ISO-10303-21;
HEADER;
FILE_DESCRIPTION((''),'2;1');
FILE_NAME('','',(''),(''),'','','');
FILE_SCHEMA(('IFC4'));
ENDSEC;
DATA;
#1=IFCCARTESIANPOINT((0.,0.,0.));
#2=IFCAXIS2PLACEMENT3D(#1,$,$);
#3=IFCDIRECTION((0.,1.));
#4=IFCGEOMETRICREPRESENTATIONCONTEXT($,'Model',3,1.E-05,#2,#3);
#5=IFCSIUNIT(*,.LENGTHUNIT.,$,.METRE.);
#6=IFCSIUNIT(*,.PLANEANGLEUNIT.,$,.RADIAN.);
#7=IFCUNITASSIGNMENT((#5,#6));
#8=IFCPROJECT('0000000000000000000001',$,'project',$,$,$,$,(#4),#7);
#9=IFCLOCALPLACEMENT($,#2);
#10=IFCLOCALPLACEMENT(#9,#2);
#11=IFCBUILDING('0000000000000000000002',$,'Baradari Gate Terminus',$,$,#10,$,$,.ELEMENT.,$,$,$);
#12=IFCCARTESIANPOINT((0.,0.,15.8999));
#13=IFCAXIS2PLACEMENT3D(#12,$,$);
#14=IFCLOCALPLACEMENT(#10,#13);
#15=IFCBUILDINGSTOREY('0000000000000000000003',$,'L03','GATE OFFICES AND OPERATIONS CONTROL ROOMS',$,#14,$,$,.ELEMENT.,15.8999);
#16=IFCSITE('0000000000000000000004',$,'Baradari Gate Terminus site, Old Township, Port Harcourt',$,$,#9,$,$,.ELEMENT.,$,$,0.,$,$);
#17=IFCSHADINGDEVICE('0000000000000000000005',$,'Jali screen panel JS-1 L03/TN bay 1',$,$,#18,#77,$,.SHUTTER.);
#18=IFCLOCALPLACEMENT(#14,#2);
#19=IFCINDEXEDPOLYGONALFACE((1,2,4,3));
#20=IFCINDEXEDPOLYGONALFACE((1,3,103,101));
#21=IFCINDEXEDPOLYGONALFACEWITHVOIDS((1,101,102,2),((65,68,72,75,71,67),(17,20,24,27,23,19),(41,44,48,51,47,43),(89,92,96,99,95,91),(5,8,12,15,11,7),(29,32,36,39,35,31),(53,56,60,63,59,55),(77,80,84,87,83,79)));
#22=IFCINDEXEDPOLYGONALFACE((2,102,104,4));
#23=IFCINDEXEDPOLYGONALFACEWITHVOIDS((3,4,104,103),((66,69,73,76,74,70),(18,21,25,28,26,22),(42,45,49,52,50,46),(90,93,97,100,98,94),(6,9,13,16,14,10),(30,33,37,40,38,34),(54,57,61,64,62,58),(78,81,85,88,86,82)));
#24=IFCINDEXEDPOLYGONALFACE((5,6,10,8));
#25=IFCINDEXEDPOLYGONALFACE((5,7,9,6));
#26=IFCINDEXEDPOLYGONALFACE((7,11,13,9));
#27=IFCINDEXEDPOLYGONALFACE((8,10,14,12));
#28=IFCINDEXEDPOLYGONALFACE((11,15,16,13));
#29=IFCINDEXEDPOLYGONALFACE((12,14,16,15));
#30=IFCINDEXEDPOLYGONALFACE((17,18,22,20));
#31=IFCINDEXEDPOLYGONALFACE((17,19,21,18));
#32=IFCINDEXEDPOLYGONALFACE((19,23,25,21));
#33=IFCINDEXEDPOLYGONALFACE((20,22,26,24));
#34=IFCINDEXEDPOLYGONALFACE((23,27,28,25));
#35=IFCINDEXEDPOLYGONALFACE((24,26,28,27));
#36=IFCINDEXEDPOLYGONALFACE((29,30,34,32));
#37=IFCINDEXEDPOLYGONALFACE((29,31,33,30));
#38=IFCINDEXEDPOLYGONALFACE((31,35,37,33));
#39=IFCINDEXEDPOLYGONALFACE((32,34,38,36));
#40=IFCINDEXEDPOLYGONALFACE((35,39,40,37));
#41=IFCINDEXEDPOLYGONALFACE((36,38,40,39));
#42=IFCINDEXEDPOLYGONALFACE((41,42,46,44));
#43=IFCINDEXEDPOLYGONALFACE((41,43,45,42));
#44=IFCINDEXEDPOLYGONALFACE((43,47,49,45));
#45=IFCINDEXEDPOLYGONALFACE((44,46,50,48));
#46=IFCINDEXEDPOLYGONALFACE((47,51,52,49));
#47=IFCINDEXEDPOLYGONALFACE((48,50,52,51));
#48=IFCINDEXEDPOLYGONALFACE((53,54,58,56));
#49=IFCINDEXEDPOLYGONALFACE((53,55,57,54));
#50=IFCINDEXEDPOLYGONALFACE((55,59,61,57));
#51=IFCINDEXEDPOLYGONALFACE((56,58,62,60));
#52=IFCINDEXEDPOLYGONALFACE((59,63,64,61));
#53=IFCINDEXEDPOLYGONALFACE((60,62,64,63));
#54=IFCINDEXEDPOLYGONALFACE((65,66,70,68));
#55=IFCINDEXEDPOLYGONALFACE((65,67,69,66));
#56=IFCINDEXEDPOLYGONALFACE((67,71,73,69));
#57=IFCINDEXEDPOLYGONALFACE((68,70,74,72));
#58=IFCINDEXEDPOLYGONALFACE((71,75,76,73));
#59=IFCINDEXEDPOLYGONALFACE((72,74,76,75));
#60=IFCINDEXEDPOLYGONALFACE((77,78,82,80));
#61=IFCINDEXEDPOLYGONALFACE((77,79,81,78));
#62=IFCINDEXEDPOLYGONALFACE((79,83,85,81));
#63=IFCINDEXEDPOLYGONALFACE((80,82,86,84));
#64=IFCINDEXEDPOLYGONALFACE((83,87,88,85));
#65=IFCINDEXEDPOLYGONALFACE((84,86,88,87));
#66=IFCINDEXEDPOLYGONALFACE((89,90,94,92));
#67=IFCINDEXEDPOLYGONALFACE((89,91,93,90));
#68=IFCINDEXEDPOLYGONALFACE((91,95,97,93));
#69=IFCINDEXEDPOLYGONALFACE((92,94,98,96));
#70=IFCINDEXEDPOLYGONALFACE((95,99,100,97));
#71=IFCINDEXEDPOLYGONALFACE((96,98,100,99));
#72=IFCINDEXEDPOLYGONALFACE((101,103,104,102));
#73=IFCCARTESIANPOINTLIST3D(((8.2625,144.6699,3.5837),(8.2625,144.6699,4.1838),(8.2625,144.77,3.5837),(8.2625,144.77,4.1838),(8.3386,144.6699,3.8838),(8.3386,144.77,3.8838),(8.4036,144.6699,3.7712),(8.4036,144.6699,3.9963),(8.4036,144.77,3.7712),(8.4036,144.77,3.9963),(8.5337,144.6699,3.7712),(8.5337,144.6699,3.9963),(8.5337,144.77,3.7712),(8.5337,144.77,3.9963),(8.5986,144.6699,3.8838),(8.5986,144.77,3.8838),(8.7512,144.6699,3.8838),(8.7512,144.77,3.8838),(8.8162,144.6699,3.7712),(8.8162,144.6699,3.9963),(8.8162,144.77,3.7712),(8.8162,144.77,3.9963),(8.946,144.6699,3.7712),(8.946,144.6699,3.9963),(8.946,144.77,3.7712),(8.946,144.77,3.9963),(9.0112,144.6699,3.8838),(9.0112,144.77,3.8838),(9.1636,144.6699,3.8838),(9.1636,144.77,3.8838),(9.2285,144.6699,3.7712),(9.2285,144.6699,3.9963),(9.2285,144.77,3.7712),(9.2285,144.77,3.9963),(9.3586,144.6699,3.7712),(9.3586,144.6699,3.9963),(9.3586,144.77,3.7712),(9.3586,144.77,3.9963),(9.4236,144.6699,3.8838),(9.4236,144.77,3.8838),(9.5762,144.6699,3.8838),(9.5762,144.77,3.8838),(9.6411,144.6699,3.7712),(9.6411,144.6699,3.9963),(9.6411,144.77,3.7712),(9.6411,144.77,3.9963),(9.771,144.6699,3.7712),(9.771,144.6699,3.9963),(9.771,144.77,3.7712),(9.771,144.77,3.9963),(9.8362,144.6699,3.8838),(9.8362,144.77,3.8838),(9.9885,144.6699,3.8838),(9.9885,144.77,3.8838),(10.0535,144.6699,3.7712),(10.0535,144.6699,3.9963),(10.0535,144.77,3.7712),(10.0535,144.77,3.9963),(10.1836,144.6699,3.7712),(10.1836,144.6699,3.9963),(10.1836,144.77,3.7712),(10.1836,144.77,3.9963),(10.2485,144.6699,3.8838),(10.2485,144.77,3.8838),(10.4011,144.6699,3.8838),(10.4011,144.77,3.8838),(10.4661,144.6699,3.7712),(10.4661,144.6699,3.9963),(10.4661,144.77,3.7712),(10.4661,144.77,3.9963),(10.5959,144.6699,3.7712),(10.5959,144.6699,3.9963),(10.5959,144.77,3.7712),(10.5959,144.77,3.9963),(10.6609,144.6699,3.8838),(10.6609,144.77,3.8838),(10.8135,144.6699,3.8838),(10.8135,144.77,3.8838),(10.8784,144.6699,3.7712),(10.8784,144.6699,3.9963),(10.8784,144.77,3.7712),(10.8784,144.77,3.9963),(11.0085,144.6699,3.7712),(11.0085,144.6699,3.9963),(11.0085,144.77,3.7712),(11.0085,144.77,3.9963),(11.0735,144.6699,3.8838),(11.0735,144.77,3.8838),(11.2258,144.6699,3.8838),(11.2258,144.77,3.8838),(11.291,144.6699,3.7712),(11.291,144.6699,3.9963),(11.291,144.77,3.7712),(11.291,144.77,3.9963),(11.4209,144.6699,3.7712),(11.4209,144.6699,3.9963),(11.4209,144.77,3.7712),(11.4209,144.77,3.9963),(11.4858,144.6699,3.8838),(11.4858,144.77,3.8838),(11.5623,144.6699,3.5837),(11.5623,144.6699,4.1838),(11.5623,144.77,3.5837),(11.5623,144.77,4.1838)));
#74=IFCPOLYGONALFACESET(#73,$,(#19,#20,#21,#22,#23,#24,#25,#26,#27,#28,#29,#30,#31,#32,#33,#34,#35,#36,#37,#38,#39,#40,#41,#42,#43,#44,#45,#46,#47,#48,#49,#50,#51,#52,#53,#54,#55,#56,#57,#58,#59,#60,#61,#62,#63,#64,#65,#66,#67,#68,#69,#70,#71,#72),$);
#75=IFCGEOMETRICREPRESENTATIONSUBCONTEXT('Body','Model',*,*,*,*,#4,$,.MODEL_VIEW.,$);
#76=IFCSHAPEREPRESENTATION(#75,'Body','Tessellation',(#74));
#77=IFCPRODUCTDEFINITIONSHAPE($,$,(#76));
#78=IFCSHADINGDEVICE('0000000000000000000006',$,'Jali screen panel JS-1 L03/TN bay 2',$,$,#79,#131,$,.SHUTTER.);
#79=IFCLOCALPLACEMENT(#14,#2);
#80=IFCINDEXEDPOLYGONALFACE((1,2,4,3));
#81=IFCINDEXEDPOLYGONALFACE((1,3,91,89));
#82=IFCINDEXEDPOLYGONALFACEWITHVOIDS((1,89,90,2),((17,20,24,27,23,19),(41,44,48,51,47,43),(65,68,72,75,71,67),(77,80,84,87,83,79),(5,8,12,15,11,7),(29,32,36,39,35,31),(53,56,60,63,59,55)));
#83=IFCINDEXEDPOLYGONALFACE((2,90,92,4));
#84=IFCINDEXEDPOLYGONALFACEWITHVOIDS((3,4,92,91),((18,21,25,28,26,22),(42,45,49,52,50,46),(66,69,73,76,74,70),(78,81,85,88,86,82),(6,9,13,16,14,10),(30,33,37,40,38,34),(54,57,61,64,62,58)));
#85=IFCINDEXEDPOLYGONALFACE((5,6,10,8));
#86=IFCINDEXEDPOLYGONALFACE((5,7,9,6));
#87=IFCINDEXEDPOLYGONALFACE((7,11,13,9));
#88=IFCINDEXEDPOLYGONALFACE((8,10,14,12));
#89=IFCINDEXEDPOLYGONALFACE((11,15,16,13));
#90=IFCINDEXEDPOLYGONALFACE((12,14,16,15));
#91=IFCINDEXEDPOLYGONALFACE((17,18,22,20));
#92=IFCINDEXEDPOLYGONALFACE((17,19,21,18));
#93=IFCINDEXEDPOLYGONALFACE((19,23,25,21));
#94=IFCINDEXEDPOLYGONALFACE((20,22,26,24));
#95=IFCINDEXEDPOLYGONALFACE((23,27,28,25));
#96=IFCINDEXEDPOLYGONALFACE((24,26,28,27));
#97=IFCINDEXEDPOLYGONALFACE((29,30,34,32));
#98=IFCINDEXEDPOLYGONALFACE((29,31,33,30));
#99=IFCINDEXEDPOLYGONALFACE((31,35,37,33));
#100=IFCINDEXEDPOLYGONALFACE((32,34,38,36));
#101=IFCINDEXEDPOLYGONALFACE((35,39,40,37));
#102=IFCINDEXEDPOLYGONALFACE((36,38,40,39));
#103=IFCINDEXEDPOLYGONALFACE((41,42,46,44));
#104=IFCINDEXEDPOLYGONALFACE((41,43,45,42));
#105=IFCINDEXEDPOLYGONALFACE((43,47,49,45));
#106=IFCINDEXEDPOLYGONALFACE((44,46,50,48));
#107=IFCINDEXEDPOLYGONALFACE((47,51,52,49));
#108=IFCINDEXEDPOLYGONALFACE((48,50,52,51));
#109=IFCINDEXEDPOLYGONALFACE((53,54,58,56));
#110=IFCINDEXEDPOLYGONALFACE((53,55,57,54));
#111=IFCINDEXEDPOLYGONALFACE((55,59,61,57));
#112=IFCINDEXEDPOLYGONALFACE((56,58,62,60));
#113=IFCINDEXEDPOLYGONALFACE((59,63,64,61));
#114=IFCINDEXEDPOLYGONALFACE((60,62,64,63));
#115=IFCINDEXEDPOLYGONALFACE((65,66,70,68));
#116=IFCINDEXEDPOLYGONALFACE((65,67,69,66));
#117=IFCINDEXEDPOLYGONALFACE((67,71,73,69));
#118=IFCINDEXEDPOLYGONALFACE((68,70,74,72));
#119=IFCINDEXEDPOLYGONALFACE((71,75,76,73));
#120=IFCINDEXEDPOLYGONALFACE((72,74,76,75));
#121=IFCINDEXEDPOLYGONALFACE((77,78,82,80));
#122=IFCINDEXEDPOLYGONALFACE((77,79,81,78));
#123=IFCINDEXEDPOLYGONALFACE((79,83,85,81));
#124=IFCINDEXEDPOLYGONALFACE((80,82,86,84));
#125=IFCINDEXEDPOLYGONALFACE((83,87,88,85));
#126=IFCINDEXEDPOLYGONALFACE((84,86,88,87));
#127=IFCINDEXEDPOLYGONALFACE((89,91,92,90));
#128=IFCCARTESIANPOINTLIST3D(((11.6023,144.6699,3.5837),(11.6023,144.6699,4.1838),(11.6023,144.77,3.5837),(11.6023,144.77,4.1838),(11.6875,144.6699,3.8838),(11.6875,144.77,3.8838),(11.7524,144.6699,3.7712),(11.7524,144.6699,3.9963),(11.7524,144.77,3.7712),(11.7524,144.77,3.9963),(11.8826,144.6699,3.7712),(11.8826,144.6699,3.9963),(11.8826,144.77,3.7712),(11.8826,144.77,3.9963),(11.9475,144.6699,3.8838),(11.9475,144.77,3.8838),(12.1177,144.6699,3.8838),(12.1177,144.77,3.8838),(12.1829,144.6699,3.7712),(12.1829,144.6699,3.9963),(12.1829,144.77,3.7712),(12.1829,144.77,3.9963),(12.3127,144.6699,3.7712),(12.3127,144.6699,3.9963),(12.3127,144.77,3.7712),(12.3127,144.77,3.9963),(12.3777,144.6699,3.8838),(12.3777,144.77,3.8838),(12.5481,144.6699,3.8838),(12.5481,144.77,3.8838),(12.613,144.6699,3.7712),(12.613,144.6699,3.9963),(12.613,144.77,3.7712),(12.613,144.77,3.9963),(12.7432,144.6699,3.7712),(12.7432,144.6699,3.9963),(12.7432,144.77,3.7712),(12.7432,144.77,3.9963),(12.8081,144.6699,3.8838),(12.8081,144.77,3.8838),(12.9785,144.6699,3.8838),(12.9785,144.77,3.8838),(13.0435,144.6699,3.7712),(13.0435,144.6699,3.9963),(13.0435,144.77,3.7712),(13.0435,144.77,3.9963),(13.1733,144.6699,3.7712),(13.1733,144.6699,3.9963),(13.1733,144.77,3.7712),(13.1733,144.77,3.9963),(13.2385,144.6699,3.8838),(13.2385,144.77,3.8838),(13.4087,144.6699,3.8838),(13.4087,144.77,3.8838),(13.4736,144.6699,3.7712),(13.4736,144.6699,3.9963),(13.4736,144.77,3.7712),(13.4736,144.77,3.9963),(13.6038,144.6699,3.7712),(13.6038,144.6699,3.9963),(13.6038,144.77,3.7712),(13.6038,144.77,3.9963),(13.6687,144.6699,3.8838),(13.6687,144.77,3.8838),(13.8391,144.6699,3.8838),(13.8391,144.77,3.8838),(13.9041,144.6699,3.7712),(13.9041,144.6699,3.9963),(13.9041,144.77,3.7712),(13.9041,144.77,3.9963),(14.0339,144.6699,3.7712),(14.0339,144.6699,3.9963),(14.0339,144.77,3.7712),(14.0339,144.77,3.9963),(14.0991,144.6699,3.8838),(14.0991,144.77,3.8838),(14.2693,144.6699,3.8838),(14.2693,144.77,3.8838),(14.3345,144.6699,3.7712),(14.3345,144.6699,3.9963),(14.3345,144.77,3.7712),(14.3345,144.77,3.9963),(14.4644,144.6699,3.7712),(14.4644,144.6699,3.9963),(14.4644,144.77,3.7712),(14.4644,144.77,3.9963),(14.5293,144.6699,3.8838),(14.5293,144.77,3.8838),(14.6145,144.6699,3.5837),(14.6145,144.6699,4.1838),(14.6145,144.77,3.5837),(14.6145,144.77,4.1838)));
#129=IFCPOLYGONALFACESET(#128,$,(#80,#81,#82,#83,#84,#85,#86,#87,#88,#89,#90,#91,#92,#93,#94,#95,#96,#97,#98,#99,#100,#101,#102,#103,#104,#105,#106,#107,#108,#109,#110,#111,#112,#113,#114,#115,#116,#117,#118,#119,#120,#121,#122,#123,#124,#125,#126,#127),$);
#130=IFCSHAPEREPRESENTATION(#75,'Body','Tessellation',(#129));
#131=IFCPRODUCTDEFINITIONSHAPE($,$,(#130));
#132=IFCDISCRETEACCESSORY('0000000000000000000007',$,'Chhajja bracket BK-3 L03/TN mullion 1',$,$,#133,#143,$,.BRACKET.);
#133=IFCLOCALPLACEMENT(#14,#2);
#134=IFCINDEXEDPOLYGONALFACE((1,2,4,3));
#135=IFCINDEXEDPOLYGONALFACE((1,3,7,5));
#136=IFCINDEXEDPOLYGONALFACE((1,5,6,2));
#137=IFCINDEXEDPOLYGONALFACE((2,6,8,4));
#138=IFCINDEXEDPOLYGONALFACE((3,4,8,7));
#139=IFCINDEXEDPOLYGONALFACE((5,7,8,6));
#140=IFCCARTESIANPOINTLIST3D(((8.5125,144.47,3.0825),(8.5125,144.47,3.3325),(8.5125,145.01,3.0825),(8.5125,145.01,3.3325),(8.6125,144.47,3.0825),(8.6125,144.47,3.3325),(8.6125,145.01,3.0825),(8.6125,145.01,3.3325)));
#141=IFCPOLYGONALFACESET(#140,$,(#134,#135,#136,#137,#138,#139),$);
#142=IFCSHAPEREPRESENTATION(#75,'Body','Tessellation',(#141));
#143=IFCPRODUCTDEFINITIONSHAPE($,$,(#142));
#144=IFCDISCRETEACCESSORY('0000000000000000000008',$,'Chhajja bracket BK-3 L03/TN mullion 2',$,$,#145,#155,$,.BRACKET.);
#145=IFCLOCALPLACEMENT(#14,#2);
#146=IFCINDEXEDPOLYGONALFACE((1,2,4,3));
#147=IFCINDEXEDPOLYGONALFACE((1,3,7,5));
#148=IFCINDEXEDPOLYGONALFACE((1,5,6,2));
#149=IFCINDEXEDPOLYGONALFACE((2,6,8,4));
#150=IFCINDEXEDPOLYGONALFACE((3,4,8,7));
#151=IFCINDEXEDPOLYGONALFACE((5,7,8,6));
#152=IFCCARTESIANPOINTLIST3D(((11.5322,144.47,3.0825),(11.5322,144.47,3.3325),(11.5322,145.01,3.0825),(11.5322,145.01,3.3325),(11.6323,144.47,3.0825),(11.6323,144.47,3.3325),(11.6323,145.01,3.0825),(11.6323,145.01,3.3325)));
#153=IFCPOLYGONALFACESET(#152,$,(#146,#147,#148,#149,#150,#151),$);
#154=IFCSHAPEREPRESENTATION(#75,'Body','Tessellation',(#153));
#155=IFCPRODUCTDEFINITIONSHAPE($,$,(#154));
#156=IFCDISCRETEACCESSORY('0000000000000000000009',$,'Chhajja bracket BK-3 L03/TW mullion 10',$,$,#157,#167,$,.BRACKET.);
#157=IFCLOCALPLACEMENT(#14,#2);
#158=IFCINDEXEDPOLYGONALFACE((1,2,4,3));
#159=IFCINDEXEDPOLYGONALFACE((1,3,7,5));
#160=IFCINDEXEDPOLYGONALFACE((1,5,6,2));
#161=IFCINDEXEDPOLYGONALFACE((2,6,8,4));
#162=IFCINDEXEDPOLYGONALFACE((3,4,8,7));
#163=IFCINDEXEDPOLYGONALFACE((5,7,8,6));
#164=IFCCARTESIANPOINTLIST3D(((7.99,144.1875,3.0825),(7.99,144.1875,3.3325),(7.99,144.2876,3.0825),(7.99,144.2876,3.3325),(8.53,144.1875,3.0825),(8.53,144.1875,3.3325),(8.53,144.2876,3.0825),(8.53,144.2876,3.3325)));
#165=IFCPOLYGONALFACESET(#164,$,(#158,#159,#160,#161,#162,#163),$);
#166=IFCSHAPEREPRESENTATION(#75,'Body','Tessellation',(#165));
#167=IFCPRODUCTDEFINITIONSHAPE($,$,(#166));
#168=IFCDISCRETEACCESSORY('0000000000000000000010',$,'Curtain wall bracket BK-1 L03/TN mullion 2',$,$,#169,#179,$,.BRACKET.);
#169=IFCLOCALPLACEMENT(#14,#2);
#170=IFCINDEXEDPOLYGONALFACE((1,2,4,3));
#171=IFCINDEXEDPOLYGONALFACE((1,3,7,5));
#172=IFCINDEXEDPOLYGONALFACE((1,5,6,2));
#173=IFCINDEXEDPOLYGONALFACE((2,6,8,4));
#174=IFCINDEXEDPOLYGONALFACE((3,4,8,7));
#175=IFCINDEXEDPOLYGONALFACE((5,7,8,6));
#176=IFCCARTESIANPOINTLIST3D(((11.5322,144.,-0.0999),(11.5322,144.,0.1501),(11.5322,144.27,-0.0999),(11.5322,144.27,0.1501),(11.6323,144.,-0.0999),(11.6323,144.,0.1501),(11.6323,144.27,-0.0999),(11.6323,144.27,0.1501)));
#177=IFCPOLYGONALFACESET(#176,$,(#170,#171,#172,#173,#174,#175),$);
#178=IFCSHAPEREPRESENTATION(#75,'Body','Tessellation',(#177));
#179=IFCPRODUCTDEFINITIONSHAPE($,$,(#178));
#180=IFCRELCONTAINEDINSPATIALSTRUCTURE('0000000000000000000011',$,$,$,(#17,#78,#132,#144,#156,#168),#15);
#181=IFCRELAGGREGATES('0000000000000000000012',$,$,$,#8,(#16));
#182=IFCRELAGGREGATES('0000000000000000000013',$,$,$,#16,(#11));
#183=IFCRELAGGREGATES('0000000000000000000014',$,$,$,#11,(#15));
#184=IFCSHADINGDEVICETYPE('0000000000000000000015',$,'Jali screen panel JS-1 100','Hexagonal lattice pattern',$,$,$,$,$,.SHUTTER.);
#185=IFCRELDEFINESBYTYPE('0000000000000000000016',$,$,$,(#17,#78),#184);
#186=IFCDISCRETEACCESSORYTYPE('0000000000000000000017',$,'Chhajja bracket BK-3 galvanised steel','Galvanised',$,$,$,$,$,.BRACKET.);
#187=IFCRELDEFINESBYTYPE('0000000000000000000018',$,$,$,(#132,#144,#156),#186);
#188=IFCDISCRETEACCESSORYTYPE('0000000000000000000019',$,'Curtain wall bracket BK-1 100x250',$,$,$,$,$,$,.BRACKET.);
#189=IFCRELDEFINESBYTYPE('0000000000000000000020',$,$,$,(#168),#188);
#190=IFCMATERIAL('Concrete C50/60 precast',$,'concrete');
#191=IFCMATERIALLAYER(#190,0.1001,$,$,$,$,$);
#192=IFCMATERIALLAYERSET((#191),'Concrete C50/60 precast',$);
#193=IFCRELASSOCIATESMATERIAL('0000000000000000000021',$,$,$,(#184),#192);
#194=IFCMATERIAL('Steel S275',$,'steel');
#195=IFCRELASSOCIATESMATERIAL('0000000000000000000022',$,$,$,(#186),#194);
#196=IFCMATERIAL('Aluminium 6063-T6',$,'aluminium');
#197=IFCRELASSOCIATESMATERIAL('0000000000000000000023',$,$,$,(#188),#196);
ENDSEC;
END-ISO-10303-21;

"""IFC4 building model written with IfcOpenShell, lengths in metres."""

from ifc_helpers import new_model, si_unit, direction, frame, origin, origin_2d, place, context, subcontext, project, spatial, polyline, rectangle, outline, extrude, material, layer, layer_set, type_object, element, save


model = new_model("IFC4")

# Units and contexts
model_context = context("Model", 3, precision=1e-05, world=origin(), true_north=direction((0.0, 1.0)))
body_context = subcontext(model_context, "Body", "Model", "MODEL_VIEW")
ifc_project = project(units=[si_unit("LENGTHUNIT", "METRE"), si_unit("PLANEANGLEUNIT", "RADIAN")], contexts=[model_context])

# Site, building, storey
site_placement = place(None, origin())
site = spatial("IfcSite", under=ifc_project, at=site_placement, Name="Baradari Gate Terminus site, Old Township, Port Harcourt", CompositionType="ELEMENT", RefElevation=0.0)
building_placement = place(site_placement, origin())
building = spatial("IfcBuilding", under=site, at=building_placement, Name="Baradari Gate Terminus", CompositionType="ELEMENT")
storey_placement = place(building_placement, frame((0.0, 0.0, 15.8999)))
storey = spatial("IfcBuildingStorey", under=building, at=storey_placement, Name="L03", Description="GATE OFFICES AND OPERATIONS CONTROL ROOMS", CompositionType="ELEMENT", Elevation=15.8999)

# Shading devices
ifc_material_1 = material(Name="Concrete C50/60 precast", Category="concrete")
ifc_layer_1 = layer(ifc_material_1, 0.1001)
ifc_layer_set_1 = layer_set([ifc_layer_1], Name="Concrete C50/60 precast")
shading_device_type_1 = type_object("IfcShadingDeviceType", Name="Jali screen panel JS-1 100", Description="Hexagonal lattice pattern", PredefinedType="SHUTTER", material=ifc_layer_set_1)
shading_device_1_placement = place(storey_placement, frame((8.2625, 144.72, 3.5837), z_axis=(0.0, 0.0, 1.0), x_axis=(1.0, 0.0, 0.0)))
element("IfcShadingDevice", 1, at=shading_device_1_placement, inside=storey, type_object=shading_device_type_1, Name="Jali screen panel JS-1 L03/TN bay 1", PredefinedType="SHUTTER", context=body_context, shape_type="SweptSolid", body=[
    extrude(outline(polyline([(0.0, 0.0), (3.2998, 0.0), (3.2998, 0.6001), (0.0, 0.6001), (0.0, 0.0)]), holes=[polyline([(0.3362, 0.3), (0.2712, 0.1875), (0.1411, 0.1875), (0.0762, 0.3), (0.1411, 0.4126), (0.2712, 0.4126), (0.3362, 0.3)]), polyline([(0.7488, 0.3), (0.6836, 0.1875), (0.5537, 0.1875), (0.4888, 0.3), (0.5537, 0.4126), (0.6836, 0.4126), (0.7488, 0.3)]), polyline([(1.1611, 0.3), (1.0962, 0.1875), (0.9661, 0.1875), (0.9011, 0.3), (0.9661, 0.4126), (1.0962, 0.4126), (1.1611, 0.3)]), polyline([(1.5737, 0.3), (1.5085, 0.1875), (1.3787, 0.1875), (1.3137, 0.3), (1.3787, 0.4126), (1.5085, 0.4126), (1.5737, 0.3)]), polyline([(1.9861, 0.3), (1.9211, 0.1875), (1.791, 0.1875), (1.7261, 0.3), (1.791, 0.4126), (1.9211, 0.4126), (1.9861, 0.3)]), polyline([(2.3984, 0.3), (2.3335, 0.1875), (2.2036, 0.1875), (2.1387, 0.3), (2.2036, 0.4126), (2.3335, 0.4126), (2.3984, 0.3)]), polyline([(2.811, 0.3), (2.7461, 0.1875), (2.616, 0.1875), (2.551, 0.3), (2.616, 0.4126), (2.7461, 0.4126), (2.811, 0.3)]), polyline([(3.2234, 0.3), (3.1584, 0.1875), (3.0286, 0.1875), (2.9634, 0.3), (3.0286, 0.4126), (3.1584, 0.4126), (3.2234, 0.3)])]), frame((0.0, 0.05, 0.0), z_axis=(0.0, -1.0, 0.0), x_axis=(1.0, 0.0, 0.0)), (0.0, 0.0, 1.0), 0.1001),
])
shading_device_2_placement = place(storey_placement, frame((11.6023, 144.72, 3.5837), z_axis=(0.0, 0.0, 1.0), x_axis=(1.0, 0.0, 0.0)))
element("IfcShadingDevice", 2, at=shading_device_2_placement, inside=storey, type_object=shading_device_type_1, Name="Jali screen panel JS-1 L03/TN bay 2", PredefinedType="SHUTTER", context=body_context, shape_type="SweptSolid", body=[
    extrude(outline(polyline([(0.0, 0.0), (3.0122, 0.0), (3.0122, 0.6001), (0.0, 0.6001), (0.0, 0.0)]), holes=[polyline([(0.3452, 0.3), (0.2803, 0.1875), (0.1501, 0.1875), (0.0852, 0.3), (0.1501, 0.4126), (0.2803, 0.4126), (0.3452, 0.3)]), polyline([(0.7754, 0.3), (0.7104, 0.1875), (0.5806, 0.1875), (0.5154, 0.3), (0.5806, 0.4126), (0.7104, 0.4126), (0.7754, 0.3)]), polyline([(1.2058, 0.3), (1.1409, 0.1875), (1.0107, 0.1875), (0.9458, 0.3), (1.0107, 0.4126), (1.1409, 0.4126), (1.2058, 0.3)]), polyline([(1.6362, 0.3), (1.571, 0.1875), (1.4412, 0.1875), (1.3762, 0.3), (1.4412, 0.4126), (1.571, 0.4126), (1.6362, 0.3)]), polyline([(2.0664, 0.3), (2.0015, 0.1875), (1.8713, 0.1875), (1.8064, 0.3), (1.8713, 0.4126), (2.0015, 0.4126), (2.0664, 0.3)]), polyline([(2.4968, 0.3), (2.4316, 0.1875), (2.3018, 0.1875), (2.2368, 0.3), (2.3018, 0.4126), (2.4316, 0.4126), (2.4968, 0.3)]), polyline([(2.927, 0.3), (2.8621, 0.1875), (2.7322, 0.1875), (2.667, 0.3), (2.7322, 0.4126), (2.8621, 0.4126), (2.927, 0.3)])]), frame((0.0, 0.05, 0.0), z_axis=(0.0, -1.0, 0.0), x_axis=(1.0, 0.0, 0.0)), (0.0, 0.0, 1.0), 0.1001),
])

# Discrete accessories
ifc_material_2 = material(Name="Steel S275", Category="steel")
discrete_accessory_type_1 = type_object("IfcDiscreteAccessoryType", Name="Chhajja bracket BK-3 galvanised steel", Description="Galvanised", PredefinedType="BRACKET", material=ifc_material_2)
for number, where, z_axis, x_axis, name in (
    (3, (8.5625, 144.74, 3.0825), (0.0, 0.0, 1.0), (0.0, 1.0, 0.0), "Chhajja bracket BK-3 L03/TN mullion 1"),
    (4, (11.5823, 144.74, 3.0825), (0.0, 0.0, 1.0), (0.0, 1.0, 0.0), "Chhajja bracket BK-3 L03/TN mullion 2"),
    (5, (8.26, 144.2375, 3.0825), (0.0, 0.0, 1.0), (-1.0, 0.0, 0.0), "Chhajja bracket BK-3 L03/TW mullion 10"),
):
    element("IfcDiscreteAccessory", number, at=place(storey_placement, frame(where, z_axis=z_axis, x_axis=x_axis)), inside=storey, type_object=discrete_accessory_type_1, Name=name, PredefinedType="BRACKET", context=body_context, shape_type="SweptSolid", body=[
        extrude(rectangle(XDim=0.54, YDim=0.1001, at=origin_2d()), origin(), (0.0, 0.0, 1.0), 0.25),
    ])
ifc_material_3 = material(Name="Aluminium 6063-T6", Category="aluminium")
discrete_accessory_type_2 = type_object("IfcDiscreteAccessoryType", Name="Curtain wall bracket BK-1 100x250", PredefinedType="BRACKET", material=ifc_material_3)
discrete_accessory_placement = place(storey_placement, frame((11.5823, 144.135, -0.0999), z_axis=(0.0, 0.0, 1.0), x_axis=(0.0, 1.0, 0.0)))
element("IfcDiscreteAccessory", 6, at=discrete_accessory_placement, inside=storey, type_object=discrete_accessory_type_2, Name="Curtain wall bracket BK-1 L03/TN mullion 2", PredefinedType="BRACKET", context=body_context, shape_type="SweptSolid", body=[
    extrude(rectangle(XDim=0.27, YDim=0.1001, at=origin_2d()), origin(), (0.0, 0.0, 1.0), 0.25),
])

save(model, "model.ifc")
